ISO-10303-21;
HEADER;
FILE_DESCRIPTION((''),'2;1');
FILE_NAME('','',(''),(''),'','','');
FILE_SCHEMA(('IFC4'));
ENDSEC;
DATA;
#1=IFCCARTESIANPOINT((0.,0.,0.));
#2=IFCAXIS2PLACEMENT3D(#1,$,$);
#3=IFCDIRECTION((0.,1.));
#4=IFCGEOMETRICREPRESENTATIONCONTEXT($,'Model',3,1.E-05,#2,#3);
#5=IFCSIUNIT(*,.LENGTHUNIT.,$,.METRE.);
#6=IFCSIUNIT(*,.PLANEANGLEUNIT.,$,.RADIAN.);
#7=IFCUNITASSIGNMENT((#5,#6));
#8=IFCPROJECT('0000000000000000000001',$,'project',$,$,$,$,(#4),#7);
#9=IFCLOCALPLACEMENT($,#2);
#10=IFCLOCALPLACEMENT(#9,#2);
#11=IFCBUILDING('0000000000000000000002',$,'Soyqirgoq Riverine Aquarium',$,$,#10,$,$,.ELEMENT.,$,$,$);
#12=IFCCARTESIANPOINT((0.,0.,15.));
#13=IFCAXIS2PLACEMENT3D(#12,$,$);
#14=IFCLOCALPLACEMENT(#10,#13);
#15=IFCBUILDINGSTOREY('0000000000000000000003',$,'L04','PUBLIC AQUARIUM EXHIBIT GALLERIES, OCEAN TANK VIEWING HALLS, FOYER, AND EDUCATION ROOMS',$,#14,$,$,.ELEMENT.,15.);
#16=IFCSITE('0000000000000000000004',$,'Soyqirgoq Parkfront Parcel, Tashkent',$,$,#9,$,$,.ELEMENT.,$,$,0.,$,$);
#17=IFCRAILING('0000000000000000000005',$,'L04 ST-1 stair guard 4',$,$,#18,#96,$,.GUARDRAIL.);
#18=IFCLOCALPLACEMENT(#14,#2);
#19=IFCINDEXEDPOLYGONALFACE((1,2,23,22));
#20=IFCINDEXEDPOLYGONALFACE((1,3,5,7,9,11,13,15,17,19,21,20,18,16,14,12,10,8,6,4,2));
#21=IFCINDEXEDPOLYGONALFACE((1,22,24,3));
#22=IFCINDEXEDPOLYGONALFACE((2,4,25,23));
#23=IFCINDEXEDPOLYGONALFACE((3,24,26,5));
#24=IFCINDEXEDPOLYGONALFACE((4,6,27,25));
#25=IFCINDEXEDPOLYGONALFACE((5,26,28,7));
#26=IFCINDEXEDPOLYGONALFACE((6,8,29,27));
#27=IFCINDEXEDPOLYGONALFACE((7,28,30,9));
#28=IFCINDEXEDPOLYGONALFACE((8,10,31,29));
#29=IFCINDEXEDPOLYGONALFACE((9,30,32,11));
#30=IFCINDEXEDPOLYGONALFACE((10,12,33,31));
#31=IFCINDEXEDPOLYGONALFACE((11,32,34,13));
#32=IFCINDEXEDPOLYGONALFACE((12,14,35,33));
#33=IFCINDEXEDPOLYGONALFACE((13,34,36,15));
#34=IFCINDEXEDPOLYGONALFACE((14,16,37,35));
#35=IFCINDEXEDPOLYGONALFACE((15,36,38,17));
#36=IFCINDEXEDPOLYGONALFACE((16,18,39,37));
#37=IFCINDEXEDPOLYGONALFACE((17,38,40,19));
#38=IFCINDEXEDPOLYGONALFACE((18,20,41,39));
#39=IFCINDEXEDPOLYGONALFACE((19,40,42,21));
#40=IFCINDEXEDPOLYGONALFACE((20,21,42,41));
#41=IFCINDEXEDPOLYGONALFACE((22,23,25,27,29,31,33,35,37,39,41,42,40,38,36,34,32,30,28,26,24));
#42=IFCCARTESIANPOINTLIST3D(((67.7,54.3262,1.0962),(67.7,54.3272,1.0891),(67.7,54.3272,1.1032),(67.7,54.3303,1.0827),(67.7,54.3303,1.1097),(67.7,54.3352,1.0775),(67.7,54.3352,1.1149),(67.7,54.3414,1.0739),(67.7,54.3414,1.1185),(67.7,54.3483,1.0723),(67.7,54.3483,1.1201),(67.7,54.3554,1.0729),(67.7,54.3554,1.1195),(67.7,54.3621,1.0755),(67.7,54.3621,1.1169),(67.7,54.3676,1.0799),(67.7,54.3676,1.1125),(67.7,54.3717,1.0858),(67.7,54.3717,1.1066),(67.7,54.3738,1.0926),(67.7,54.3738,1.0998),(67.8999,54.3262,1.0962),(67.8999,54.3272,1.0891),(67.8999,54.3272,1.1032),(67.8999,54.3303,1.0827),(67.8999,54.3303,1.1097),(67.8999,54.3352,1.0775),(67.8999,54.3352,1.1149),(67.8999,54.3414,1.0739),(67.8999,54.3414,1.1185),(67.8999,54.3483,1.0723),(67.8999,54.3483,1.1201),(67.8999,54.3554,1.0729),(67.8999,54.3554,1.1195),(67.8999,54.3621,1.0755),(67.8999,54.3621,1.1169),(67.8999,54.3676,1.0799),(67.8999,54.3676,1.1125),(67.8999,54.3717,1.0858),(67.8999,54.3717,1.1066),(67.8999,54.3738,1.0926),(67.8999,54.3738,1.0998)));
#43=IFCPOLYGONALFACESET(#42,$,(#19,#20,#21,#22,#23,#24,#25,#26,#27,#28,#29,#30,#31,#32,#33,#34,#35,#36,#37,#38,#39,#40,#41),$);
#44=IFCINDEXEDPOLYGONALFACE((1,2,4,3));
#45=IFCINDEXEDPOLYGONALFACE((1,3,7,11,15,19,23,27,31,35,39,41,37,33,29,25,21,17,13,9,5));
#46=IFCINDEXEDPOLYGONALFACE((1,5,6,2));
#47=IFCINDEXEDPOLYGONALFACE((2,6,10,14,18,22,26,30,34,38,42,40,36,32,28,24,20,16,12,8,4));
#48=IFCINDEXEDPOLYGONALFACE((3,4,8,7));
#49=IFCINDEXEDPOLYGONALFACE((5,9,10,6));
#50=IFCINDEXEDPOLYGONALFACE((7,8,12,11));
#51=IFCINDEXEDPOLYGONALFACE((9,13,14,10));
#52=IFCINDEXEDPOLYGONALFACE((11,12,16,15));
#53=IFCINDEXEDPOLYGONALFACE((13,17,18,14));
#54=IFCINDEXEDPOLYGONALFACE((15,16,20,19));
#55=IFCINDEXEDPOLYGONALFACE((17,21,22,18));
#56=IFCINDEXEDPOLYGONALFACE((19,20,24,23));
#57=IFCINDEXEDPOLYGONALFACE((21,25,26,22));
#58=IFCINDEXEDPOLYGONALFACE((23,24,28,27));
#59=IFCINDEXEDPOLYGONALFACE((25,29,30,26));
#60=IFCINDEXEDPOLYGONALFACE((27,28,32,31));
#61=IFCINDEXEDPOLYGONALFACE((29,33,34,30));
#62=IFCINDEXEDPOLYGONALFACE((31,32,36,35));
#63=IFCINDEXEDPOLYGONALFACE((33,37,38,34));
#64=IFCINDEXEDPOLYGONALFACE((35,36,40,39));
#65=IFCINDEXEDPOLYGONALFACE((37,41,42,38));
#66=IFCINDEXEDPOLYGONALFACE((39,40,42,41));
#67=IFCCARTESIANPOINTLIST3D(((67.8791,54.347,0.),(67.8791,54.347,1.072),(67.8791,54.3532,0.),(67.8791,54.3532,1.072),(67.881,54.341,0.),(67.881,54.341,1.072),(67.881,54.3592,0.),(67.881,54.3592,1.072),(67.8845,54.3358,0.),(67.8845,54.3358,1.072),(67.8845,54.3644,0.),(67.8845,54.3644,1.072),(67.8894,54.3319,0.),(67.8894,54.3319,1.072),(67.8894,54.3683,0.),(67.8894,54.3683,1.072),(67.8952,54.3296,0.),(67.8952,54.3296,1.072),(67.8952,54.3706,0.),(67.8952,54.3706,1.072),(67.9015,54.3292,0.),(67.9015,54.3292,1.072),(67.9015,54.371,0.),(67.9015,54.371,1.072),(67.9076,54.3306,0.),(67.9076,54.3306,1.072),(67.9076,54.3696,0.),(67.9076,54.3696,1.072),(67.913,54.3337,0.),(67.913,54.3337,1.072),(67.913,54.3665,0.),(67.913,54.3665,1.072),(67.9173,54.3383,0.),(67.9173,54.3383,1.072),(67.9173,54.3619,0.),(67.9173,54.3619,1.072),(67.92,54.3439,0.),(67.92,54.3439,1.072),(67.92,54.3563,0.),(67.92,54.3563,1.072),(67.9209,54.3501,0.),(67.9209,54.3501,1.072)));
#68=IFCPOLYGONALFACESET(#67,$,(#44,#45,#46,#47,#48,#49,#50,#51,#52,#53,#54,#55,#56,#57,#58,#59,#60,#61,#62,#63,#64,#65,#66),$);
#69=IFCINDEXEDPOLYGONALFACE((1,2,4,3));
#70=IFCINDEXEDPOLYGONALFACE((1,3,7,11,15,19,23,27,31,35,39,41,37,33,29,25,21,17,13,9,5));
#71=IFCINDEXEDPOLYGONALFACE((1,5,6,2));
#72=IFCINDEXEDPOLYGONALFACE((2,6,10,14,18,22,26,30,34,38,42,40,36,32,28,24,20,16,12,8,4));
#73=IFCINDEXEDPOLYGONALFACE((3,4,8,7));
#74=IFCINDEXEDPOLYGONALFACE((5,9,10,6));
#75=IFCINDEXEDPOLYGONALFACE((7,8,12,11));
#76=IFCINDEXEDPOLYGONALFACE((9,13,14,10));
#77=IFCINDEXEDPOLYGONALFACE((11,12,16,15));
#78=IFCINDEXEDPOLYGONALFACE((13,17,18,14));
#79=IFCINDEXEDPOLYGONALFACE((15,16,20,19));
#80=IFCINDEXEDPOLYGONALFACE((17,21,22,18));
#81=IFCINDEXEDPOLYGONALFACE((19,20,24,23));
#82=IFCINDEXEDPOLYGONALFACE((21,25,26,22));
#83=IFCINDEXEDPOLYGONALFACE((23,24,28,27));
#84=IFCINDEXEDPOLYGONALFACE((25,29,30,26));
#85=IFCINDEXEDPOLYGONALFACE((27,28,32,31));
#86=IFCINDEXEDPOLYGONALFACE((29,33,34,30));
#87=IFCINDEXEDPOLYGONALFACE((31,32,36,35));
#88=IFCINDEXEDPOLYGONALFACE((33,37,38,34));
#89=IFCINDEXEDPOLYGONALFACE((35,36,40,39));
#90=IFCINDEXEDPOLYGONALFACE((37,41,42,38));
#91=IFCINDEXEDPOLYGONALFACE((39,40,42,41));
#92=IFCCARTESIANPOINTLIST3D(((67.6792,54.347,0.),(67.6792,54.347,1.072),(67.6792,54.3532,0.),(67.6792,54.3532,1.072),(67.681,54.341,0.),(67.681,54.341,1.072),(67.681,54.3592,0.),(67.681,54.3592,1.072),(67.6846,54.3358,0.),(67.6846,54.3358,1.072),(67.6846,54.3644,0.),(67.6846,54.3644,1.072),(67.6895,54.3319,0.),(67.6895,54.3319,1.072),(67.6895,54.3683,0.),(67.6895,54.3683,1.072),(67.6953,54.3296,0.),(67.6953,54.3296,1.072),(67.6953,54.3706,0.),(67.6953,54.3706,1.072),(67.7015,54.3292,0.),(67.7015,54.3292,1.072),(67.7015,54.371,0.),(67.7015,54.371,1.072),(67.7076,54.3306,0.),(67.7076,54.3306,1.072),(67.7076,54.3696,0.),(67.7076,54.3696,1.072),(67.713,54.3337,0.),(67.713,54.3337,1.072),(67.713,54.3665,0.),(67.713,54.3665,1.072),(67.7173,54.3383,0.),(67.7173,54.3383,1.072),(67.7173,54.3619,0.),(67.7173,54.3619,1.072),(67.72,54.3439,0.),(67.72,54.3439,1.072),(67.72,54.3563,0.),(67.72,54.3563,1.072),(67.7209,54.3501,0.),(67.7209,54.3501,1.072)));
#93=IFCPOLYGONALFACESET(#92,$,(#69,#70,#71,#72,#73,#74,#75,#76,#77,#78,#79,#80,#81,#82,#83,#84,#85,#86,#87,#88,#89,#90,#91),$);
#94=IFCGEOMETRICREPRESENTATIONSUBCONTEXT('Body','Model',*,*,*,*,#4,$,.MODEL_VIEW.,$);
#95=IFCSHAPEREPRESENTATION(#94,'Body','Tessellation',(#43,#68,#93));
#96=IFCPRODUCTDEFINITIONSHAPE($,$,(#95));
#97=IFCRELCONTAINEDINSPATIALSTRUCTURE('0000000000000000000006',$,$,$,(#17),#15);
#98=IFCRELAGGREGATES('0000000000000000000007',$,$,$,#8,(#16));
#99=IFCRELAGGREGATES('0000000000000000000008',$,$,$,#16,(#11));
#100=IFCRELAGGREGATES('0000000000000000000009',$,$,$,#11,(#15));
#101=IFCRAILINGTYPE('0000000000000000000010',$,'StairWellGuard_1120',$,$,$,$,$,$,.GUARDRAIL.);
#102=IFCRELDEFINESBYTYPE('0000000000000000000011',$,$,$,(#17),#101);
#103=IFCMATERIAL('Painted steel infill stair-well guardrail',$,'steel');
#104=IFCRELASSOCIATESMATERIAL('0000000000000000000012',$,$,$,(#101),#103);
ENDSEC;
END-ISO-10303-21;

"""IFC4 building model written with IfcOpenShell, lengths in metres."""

from ifc_helpers import new_model, si_unit, direction, frame, origin, origin_2d, place, context, subcontext, project, spatial, circle, extrude, material, type_object, element, save


model = new_model("IFC4")

# Units and contexts
model_context = context("Model", 3, precision=1e-05, world=origin(), true_north=direction((0.0, 1.0)))
body_context = subcontext(model_context, "Body", "Model", "MODEL_VIEW")
ifc_project = project(units=[si_unit("LENGTHUNIT", "METRE"), si_unit("PLANEANGLEUNIT", "RADIAN")], contexts=[model_context])

# Site, building, storey
site_placement = place(None, origin())
site = spatial("IfcSite", under=ifc_project, at=site_placement, Name="Soyqirgoq Parkfront Parcel, Tashkent", CompositionType="ELEMENT", RefElevation=0.0)
building_placement = place(site_placement, origin())
building = spatial("IfcBuilding", under=site, at=building_placement, Name="Soyqirgoq Riverine Aquarium", CompositionType="ELEMENT")
storey_placement = place(building_placement, frame((0.0, 0.0, 15.0)))
storey = spatial("IfcBuildingStorey", under=building, at=storey_placement, Name="L04", Description="PUBLIC AQUARIUM EXHIBIT GALLERIES, OCEAN TANK VIEWING HALLS, FOYER, AND EDUCATION ROOMS", CompositionType="ELEMENT", Elevation=15.0)

# Railing
ifc_material_1 = material(Name="Painted steel infill stair-well guardrail", Category="steel")
railing_type_1 = type_object("IfcRailingType", Name="StairWellGuard_1120", PredefinedType="GUARDRAIL", material=ifc_material_1)
railing_1_placement = place(storey_placement, frame((67.8999, 54.3501, 0.0)))
element("IfcRailing", 1, at=railing_1_placement, inside=storey, type_object=railing_type_1, Name="L04 ST-1 stair guard 4", PredefinedType="GUARDRAIL", context=body_context, shape_type="SweptSolid", body=[
    extrude(circle(Radius=0.0239, at=origin_2d()), frame((0.0, 0.0, 1.0962), z_axis=(-1.0, 0.0, 0.0), x_axis=(0.0, -1.0, 0.0)), (0.0, 0.0, 1.0), 0.2),
    extrude(circle(Radius=0.021, at=origin_2d()), origin(), (0.0, 0.0, 1.0), 1.072),
    extrude(circle(Radius=0.021, at=origin_2d()), frame((-0.2, 0.0, 0.0)), (0.0, 0.0, 1.0), 1.072),
])

save(model, "model.ifc")
